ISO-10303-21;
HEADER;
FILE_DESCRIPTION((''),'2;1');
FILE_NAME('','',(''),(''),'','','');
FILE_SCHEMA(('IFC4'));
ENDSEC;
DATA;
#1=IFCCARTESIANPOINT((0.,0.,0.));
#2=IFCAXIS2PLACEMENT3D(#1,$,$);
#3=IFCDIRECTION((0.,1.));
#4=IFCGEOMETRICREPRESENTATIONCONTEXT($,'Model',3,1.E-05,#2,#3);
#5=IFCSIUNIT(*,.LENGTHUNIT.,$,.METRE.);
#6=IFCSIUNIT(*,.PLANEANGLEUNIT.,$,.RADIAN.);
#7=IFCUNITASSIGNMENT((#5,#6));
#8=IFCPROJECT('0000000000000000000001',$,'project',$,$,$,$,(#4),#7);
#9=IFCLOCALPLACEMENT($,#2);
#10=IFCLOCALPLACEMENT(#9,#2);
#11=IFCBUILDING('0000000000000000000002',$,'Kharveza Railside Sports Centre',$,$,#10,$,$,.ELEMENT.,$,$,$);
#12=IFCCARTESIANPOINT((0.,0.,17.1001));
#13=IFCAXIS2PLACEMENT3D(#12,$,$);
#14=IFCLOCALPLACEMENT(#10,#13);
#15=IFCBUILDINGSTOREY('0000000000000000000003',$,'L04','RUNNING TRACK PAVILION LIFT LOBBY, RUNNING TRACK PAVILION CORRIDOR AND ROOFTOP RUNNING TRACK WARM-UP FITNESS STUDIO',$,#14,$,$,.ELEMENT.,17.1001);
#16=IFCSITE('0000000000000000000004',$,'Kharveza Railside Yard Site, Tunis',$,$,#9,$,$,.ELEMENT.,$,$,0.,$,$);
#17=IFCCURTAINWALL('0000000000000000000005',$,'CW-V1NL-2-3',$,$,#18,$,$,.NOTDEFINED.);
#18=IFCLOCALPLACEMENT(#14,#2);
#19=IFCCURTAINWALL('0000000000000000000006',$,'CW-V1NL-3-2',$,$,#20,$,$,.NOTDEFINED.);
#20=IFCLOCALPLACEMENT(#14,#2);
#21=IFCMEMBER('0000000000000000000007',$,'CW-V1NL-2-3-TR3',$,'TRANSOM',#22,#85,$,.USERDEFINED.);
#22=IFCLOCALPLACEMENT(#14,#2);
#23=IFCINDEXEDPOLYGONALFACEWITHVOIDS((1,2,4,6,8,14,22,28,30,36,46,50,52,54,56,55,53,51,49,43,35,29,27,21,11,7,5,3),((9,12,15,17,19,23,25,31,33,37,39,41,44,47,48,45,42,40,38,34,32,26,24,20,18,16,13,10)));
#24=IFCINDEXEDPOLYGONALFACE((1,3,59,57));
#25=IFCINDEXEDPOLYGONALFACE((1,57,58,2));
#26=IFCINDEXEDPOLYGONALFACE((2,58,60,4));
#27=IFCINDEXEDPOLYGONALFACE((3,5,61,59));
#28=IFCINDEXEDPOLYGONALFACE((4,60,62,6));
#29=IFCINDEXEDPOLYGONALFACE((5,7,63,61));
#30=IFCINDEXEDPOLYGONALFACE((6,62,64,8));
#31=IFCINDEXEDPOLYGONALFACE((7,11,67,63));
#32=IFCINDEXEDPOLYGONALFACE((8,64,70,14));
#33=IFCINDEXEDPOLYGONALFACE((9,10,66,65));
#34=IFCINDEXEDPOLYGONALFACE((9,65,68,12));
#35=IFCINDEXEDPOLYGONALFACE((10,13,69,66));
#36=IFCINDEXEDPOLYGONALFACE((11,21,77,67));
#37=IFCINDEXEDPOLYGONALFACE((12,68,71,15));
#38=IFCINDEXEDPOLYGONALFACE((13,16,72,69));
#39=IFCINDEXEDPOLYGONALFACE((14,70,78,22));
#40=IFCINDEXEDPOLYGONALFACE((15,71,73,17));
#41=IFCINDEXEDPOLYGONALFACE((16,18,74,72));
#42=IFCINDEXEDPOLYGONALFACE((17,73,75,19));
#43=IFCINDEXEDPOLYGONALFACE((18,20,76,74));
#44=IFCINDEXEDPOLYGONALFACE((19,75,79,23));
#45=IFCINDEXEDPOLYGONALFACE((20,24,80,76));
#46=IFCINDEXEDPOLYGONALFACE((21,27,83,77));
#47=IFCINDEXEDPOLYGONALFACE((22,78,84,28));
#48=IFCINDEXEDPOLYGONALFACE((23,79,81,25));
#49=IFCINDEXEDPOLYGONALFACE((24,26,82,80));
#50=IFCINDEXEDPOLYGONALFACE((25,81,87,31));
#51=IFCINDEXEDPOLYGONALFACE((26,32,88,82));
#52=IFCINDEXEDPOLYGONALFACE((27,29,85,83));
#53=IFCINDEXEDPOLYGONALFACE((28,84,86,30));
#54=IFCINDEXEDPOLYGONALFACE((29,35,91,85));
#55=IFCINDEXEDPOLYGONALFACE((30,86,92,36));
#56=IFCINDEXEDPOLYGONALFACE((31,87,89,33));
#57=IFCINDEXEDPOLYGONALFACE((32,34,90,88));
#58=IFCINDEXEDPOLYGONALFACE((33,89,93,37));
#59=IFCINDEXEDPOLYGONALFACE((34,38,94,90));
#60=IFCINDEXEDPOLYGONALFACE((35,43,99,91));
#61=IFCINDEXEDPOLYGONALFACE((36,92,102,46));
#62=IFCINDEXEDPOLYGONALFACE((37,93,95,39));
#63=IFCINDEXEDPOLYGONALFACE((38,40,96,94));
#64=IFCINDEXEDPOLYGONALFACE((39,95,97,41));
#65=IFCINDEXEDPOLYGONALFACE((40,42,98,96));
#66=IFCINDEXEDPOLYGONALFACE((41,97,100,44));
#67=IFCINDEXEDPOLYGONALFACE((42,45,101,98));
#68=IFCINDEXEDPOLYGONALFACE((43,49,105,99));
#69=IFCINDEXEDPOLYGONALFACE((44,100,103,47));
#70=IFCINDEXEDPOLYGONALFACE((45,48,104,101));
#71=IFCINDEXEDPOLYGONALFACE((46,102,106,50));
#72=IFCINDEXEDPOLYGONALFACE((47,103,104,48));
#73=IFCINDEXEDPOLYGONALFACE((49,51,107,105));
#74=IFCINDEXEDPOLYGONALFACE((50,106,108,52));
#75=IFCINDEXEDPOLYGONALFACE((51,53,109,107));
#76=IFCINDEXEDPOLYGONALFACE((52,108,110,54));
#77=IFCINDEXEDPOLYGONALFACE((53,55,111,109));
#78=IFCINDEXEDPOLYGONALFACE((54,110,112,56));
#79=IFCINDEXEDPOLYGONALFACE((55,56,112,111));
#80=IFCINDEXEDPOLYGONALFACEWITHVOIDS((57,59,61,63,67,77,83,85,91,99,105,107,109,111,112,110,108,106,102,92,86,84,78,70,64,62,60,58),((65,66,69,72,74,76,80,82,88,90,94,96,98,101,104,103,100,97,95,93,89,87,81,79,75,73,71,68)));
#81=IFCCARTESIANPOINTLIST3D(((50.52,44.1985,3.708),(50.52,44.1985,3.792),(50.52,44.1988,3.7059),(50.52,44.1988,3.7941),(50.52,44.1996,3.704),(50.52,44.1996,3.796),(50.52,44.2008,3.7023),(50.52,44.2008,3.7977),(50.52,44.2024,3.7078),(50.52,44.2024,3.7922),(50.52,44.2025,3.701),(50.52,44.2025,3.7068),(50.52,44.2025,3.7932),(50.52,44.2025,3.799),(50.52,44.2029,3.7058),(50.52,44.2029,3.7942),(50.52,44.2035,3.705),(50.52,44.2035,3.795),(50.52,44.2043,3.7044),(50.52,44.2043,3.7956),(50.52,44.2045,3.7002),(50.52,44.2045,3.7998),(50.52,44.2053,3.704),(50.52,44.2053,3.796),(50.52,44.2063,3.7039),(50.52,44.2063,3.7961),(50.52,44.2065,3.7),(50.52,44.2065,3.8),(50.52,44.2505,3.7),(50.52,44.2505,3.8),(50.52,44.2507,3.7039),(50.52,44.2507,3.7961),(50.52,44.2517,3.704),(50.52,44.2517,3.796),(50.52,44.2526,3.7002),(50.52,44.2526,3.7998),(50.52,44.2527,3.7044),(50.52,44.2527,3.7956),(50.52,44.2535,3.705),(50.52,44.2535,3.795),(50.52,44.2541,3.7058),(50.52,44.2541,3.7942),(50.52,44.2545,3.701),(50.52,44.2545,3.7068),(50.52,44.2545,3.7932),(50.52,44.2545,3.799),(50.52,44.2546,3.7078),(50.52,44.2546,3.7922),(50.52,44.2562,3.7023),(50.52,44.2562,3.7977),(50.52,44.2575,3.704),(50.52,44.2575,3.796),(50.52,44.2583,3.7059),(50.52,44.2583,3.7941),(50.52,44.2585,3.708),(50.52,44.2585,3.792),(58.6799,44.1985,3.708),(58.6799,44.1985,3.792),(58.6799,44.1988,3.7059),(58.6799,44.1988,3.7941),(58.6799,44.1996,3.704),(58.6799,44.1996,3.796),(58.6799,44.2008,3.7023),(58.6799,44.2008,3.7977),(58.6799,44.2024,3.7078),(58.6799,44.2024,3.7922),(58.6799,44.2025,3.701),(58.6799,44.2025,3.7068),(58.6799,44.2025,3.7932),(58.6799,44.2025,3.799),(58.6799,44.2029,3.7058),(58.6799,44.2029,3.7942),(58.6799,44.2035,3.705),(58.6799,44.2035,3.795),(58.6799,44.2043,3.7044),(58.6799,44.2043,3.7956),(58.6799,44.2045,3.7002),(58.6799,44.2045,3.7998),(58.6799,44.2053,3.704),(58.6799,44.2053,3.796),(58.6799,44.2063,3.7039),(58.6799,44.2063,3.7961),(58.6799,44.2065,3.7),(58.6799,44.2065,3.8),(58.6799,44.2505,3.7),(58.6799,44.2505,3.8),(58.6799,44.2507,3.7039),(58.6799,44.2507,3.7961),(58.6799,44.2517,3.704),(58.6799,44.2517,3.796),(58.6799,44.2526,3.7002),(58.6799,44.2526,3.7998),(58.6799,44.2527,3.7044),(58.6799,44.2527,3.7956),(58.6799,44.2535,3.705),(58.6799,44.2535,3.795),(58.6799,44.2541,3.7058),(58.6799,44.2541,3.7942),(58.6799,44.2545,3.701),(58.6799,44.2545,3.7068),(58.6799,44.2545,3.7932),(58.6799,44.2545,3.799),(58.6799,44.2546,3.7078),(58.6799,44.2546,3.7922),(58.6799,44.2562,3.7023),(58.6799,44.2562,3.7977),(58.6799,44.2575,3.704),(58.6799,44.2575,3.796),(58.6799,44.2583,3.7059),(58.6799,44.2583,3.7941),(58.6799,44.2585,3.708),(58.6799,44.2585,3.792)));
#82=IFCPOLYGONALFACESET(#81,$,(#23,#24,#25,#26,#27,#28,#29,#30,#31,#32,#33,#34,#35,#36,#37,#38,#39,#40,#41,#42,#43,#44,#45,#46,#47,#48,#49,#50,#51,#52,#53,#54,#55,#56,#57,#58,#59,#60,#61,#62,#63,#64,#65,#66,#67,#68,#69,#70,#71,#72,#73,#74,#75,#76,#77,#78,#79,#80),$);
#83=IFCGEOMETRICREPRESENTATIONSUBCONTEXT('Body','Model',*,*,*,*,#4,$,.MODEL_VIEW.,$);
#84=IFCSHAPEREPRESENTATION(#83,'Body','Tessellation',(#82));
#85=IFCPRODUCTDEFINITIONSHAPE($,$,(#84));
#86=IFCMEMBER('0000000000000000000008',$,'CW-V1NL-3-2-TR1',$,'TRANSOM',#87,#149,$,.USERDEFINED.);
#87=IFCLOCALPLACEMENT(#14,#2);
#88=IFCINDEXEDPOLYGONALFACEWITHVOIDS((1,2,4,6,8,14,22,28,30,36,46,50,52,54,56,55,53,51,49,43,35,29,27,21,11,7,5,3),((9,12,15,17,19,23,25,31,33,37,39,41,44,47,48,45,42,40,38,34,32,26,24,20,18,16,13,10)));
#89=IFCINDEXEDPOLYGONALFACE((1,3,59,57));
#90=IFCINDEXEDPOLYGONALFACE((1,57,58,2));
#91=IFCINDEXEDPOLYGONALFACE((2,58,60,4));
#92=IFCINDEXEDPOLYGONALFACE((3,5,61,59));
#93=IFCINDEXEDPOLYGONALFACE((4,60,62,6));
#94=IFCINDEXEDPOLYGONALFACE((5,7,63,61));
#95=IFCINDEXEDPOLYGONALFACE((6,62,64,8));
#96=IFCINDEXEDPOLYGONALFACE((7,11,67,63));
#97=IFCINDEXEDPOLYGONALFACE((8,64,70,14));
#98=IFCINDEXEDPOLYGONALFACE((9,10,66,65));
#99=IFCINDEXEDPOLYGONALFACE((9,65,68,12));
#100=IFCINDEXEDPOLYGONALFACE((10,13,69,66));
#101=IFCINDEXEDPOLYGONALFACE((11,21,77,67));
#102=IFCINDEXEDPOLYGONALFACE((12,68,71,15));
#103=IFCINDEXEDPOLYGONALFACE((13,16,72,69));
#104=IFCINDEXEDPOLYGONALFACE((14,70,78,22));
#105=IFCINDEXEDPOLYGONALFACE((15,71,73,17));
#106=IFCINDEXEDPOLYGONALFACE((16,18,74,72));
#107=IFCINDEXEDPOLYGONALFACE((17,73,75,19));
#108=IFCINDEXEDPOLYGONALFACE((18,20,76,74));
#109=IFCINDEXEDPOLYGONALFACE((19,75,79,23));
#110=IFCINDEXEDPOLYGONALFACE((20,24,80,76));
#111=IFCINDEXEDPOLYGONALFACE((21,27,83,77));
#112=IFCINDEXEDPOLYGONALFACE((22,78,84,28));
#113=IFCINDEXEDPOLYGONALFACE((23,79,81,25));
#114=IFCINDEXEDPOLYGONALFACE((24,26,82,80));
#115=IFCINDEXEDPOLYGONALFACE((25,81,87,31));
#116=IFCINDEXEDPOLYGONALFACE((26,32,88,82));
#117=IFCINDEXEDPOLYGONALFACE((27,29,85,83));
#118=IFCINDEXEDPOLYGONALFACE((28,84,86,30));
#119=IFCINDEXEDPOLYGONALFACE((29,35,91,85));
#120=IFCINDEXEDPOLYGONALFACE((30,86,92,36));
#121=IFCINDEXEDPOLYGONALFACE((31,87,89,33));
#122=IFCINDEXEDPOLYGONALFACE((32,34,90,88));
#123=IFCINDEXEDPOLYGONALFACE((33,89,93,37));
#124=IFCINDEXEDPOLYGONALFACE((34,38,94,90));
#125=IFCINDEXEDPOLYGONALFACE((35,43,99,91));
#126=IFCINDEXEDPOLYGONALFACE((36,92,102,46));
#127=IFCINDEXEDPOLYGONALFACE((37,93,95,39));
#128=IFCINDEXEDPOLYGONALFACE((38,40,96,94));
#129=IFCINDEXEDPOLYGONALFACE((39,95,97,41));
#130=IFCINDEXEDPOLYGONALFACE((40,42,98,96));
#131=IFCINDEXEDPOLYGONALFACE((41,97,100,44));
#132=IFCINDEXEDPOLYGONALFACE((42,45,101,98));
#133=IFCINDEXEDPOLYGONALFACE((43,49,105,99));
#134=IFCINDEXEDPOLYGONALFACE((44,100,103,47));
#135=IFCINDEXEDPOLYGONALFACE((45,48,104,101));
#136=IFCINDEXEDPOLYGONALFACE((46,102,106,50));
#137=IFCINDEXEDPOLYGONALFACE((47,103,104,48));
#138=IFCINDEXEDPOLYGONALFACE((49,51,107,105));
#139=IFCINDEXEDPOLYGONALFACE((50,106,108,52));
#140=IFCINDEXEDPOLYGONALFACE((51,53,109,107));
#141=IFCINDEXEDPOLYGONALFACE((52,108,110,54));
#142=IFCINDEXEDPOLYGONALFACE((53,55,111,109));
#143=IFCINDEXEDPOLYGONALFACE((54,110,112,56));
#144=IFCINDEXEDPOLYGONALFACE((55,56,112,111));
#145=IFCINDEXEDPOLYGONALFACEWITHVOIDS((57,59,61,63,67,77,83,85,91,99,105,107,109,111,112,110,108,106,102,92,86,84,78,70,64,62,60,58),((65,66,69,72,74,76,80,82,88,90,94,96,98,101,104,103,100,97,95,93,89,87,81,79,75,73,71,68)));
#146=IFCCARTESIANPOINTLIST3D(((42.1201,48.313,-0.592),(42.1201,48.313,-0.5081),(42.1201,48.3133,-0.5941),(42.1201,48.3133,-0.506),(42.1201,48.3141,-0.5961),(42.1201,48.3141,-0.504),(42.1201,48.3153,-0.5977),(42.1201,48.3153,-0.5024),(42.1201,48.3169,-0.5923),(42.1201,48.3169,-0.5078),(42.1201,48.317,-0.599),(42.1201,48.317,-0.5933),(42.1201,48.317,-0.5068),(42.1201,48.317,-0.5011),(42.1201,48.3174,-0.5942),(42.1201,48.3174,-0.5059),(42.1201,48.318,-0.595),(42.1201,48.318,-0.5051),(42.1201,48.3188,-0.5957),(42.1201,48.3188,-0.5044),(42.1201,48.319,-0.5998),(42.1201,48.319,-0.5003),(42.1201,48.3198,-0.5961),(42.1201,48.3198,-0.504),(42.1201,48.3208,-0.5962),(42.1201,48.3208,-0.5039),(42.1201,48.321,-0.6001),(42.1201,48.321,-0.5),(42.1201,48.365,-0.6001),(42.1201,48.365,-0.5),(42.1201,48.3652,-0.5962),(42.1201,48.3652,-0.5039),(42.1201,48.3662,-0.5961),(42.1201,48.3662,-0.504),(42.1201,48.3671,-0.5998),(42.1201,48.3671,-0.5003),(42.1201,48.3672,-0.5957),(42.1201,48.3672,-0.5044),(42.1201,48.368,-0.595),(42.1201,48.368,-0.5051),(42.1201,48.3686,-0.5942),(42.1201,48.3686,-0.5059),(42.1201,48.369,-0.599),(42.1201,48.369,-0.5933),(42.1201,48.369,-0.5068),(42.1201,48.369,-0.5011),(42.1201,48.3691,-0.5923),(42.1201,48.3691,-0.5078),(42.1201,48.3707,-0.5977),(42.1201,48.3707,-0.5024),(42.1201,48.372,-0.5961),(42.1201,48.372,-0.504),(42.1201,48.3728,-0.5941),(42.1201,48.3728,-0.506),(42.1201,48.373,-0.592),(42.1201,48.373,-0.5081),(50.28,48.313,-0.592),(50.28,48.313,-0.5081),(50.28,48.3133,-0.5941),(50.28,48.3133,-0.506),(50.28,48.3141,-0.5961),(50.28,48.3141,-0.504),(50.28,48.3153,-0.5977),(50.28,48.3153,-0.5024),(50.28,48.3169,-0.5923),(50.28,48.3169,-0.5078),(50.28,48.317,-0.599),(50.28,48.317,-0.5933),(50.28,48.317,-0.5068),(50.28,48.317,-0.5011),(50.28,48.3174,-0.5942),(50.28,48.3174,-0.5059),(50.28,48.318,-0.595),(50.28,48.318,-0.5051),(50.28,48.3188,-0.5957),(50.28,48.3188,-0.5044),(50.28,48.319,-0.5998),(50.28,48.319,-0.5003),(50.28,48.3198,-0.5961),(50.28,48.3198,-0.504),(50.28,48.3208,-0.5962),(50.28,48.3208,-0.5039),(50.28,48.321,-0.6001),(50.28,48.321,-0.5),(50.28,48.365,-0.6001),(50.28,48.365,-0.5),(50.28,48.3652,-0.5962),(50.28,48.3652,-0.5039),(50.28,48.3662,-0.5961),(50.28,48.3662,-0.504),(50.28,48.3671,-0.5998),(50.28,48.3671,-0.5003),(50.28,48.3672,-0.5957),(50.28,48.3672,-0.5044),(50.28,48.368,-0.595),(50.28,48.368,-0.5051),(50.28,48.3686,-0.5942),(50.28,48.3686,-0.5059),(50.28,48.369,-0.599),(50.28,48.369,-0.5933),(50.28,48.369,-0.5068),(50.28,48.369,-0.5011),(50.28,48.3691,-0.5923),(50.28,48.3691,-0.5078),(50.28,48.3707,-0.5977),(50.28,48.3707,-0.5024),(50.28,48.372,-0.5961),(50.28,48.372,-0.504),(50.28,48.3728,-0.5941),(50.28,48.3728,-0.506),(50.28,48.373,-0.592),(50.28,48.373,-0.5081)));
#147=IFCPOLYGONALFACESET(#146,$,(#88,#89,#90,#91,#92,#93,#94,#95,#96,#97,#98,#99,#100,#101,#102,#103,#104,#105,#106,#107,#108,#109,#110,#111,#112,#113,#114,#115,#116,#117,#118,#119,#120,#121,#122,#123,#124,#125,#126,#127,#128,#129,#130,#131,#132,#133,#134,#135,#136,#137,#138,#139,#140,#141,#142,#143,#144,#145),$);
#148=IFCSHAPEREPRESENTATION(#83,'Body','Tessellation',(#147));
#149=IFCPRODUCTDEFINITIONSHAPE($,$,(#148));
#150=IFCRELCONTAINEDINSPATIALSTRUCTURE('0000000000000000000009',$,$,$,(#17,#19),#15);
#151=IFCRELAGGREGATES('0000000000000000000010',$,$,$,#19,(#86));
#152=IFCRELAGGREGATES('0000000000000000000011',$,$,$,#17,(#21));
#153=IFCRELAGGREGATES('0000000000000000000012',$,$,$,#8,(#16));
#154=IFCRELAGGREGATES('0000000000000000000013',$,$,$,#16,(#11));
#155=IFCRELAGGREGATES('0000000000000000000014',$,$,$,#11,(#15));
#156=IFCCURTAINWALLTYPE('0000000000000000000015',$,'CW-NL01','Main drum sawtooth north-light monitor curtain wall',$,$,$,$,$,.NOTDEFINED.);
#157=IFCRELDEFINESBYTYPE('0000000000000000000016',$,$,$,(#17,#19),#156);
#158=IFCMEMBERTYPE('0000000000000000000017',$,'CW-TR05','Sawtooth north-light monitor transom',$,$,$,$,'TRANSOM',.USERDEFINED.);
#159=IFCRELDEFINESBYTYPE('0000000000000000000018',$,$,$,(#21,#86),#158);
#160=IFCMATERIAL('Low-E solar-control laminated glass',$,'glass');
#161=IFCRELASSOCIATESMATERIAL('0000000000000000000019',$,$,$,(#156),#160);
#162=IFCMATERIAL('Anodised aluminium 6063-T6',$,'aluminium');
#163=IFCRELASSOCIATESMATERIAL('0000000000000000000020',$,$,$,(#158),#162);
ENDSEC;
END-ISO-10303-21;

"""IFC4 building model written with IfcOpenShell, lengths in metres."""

from ifc_helpers import new_model, si_unit, direction, frame, origin, origin_2d, place, context, subcontext, project, spatial, hollow_rectangle, extrude, material, material_profile, profile_set, type_object, element, aggregate, save


model = new_model("IFC4")

# Units and contexts
model_context = context("Model", 3, precision=1e-05, world=origin(), true_north=direction((0.0, 1.0)))
body_context = subcontext(model_context, "Body", "Model", "MODEL_VIEW")
ifc_project = project(units=[si_unit("LENGTHUNIT", "METRE"), si_unit("PLANEANGLEUNIT", "RADIAN")], contexts=[model_context])

# Site, building, storey
site_placement = place(None, origin())
site = spatial("IfcSite", under=ifc_project, at=site_placement, Name="Kharveza Railside Yard Site, Tunis", CompositionType="ELEMENT", RefElevation=0.0)
building_placement = place(site_placement, origin())
building = spatial("IfcBuilding", under=site, at=building_placement, Name="Kharveza Railside Sports Centre", CompositionType="ELEMENT")
storey_placement = place(building_placement, frame((0.0, 0.0, 17.1001)))
storey = spatial("IfcBuildingStorey", under=building, at=storey_placement, Name="L04", Description="RUNNING TRACK PAVILION LIFT LOBBY, RUNNING TRACK PAVILION CORRIDOR AND ROOFTOP RUNNING TRACK WARM-UP FITNESS STUDIO", CompositionType="ELEMENT", Elevation=17.1001)

# Curtain wall
ifc_material_1 = material(Name="Low-E solar-control laminated glass", Category="glass")
curtain_wall_type = type_object("IfcCurtainWallType", Name="CW-NL01", Description="Main drum sawtooth north-light monitor curtain wall", PredefinedType="NOTDEFINED", material=ifc_material_1)
ifc_material_2 = material(Name="Anodised aluminium 6063-T6", Category="aluminium")
curtain_wall_1_placement = place(storey_placement, origin())
curtain_wall_1 = element("IfcCurtainWall", 1, at=curtain_wall_1_placement, inside=storey, type_object=curtain_wall_type, Name="CW-V1NL-2-3", PredefinedType="NOTDEFINED")

# Curtain wall
curtain_wall_2_placement = place(storey_placement, origin())
curtain_wall_2 = element("IfcCurtainWall", 2, at=curtain_wall_2_placement, inside=storey, type_object=curtain_wall_type, Name="CW-V1NL-3-2", PredefinedType="NOTDEFINED")

# Members
ifc_material_profile_1 = material_profile(ifc_material_2, hollow_rectangle(XDim=0.0601, YDim=0.1001, WallThickness=0.0039, InnerFilletRadius=0.0039, OuterFilletRadius=0.0081, at=origin_2d()), Name="RHS 60x100x4.0")
ifc_profile_set_1 = profile_set([ifc_material_profile_1], Name="Anodised aluminium 6063-T6")
member_type_1 = type_object("IfcMemberType", Name="CW-TR05", Description="Sawtooth north-light monitor transom", ElementType="TRANSOM", PredefinedType="USERDEFINED", material=ifc_profile_set_1)
member_1_placement = place(storey_placement, frame((50.52, 44.2285, 3.75), z_axis=(1.0, 0.0, 0.0), x_axis=(0.0, 1.0, 0.0)))
member_1 = element("IfcMember", 3, at=member_1_placement, type_object=member_type_1, Name="CW-V1NL-2-3-TR3", ObjectType="TRANSOM", PredefinedType="USERDEFINED", context=body_context, shape_type="SweptSolid", body=[
    extrude(hollow_rectangle(XDim=0.0601, YDim=0.1001, WallThickness=0.0039, InnerFilletRadius=0.0039, OuterFilletRadius=0.0081, at=origin_2d()), origin(), (0.0, 0.0, 1.0), 8.1599),
])
member_2_placement = place(storey_placement, frame((42.1201, 48.343, -0.55), z_axis=(1.0, 0.0, 0.0), x_axis=(0.0, 1.0, 0.0)))
member_2 = element("IfcMember", 4, at=member_2_placement, type_object=member_type_1, Name="CW-V1NL-3-2-TR1", ObjectType="TRANSOM", PredefinedType="USERDEFINED", context=body_context, shape_type="SweptSolid", body=[
    extrude(hollow_rectangle(XDim=0.0601, YDim=0.1001, WallThickness=0.0039, InnerFilletRadius=0.0039, OuterFilletRadius=0.0081, at=origin_2d()), origin(), (0.0, 0.0, 1.0), 8.1599),
])
aggregate(curtain_wall_2, [member_2])

aggregate(curtain_wall_1, [member_1])

save(model, "model.ifc")
